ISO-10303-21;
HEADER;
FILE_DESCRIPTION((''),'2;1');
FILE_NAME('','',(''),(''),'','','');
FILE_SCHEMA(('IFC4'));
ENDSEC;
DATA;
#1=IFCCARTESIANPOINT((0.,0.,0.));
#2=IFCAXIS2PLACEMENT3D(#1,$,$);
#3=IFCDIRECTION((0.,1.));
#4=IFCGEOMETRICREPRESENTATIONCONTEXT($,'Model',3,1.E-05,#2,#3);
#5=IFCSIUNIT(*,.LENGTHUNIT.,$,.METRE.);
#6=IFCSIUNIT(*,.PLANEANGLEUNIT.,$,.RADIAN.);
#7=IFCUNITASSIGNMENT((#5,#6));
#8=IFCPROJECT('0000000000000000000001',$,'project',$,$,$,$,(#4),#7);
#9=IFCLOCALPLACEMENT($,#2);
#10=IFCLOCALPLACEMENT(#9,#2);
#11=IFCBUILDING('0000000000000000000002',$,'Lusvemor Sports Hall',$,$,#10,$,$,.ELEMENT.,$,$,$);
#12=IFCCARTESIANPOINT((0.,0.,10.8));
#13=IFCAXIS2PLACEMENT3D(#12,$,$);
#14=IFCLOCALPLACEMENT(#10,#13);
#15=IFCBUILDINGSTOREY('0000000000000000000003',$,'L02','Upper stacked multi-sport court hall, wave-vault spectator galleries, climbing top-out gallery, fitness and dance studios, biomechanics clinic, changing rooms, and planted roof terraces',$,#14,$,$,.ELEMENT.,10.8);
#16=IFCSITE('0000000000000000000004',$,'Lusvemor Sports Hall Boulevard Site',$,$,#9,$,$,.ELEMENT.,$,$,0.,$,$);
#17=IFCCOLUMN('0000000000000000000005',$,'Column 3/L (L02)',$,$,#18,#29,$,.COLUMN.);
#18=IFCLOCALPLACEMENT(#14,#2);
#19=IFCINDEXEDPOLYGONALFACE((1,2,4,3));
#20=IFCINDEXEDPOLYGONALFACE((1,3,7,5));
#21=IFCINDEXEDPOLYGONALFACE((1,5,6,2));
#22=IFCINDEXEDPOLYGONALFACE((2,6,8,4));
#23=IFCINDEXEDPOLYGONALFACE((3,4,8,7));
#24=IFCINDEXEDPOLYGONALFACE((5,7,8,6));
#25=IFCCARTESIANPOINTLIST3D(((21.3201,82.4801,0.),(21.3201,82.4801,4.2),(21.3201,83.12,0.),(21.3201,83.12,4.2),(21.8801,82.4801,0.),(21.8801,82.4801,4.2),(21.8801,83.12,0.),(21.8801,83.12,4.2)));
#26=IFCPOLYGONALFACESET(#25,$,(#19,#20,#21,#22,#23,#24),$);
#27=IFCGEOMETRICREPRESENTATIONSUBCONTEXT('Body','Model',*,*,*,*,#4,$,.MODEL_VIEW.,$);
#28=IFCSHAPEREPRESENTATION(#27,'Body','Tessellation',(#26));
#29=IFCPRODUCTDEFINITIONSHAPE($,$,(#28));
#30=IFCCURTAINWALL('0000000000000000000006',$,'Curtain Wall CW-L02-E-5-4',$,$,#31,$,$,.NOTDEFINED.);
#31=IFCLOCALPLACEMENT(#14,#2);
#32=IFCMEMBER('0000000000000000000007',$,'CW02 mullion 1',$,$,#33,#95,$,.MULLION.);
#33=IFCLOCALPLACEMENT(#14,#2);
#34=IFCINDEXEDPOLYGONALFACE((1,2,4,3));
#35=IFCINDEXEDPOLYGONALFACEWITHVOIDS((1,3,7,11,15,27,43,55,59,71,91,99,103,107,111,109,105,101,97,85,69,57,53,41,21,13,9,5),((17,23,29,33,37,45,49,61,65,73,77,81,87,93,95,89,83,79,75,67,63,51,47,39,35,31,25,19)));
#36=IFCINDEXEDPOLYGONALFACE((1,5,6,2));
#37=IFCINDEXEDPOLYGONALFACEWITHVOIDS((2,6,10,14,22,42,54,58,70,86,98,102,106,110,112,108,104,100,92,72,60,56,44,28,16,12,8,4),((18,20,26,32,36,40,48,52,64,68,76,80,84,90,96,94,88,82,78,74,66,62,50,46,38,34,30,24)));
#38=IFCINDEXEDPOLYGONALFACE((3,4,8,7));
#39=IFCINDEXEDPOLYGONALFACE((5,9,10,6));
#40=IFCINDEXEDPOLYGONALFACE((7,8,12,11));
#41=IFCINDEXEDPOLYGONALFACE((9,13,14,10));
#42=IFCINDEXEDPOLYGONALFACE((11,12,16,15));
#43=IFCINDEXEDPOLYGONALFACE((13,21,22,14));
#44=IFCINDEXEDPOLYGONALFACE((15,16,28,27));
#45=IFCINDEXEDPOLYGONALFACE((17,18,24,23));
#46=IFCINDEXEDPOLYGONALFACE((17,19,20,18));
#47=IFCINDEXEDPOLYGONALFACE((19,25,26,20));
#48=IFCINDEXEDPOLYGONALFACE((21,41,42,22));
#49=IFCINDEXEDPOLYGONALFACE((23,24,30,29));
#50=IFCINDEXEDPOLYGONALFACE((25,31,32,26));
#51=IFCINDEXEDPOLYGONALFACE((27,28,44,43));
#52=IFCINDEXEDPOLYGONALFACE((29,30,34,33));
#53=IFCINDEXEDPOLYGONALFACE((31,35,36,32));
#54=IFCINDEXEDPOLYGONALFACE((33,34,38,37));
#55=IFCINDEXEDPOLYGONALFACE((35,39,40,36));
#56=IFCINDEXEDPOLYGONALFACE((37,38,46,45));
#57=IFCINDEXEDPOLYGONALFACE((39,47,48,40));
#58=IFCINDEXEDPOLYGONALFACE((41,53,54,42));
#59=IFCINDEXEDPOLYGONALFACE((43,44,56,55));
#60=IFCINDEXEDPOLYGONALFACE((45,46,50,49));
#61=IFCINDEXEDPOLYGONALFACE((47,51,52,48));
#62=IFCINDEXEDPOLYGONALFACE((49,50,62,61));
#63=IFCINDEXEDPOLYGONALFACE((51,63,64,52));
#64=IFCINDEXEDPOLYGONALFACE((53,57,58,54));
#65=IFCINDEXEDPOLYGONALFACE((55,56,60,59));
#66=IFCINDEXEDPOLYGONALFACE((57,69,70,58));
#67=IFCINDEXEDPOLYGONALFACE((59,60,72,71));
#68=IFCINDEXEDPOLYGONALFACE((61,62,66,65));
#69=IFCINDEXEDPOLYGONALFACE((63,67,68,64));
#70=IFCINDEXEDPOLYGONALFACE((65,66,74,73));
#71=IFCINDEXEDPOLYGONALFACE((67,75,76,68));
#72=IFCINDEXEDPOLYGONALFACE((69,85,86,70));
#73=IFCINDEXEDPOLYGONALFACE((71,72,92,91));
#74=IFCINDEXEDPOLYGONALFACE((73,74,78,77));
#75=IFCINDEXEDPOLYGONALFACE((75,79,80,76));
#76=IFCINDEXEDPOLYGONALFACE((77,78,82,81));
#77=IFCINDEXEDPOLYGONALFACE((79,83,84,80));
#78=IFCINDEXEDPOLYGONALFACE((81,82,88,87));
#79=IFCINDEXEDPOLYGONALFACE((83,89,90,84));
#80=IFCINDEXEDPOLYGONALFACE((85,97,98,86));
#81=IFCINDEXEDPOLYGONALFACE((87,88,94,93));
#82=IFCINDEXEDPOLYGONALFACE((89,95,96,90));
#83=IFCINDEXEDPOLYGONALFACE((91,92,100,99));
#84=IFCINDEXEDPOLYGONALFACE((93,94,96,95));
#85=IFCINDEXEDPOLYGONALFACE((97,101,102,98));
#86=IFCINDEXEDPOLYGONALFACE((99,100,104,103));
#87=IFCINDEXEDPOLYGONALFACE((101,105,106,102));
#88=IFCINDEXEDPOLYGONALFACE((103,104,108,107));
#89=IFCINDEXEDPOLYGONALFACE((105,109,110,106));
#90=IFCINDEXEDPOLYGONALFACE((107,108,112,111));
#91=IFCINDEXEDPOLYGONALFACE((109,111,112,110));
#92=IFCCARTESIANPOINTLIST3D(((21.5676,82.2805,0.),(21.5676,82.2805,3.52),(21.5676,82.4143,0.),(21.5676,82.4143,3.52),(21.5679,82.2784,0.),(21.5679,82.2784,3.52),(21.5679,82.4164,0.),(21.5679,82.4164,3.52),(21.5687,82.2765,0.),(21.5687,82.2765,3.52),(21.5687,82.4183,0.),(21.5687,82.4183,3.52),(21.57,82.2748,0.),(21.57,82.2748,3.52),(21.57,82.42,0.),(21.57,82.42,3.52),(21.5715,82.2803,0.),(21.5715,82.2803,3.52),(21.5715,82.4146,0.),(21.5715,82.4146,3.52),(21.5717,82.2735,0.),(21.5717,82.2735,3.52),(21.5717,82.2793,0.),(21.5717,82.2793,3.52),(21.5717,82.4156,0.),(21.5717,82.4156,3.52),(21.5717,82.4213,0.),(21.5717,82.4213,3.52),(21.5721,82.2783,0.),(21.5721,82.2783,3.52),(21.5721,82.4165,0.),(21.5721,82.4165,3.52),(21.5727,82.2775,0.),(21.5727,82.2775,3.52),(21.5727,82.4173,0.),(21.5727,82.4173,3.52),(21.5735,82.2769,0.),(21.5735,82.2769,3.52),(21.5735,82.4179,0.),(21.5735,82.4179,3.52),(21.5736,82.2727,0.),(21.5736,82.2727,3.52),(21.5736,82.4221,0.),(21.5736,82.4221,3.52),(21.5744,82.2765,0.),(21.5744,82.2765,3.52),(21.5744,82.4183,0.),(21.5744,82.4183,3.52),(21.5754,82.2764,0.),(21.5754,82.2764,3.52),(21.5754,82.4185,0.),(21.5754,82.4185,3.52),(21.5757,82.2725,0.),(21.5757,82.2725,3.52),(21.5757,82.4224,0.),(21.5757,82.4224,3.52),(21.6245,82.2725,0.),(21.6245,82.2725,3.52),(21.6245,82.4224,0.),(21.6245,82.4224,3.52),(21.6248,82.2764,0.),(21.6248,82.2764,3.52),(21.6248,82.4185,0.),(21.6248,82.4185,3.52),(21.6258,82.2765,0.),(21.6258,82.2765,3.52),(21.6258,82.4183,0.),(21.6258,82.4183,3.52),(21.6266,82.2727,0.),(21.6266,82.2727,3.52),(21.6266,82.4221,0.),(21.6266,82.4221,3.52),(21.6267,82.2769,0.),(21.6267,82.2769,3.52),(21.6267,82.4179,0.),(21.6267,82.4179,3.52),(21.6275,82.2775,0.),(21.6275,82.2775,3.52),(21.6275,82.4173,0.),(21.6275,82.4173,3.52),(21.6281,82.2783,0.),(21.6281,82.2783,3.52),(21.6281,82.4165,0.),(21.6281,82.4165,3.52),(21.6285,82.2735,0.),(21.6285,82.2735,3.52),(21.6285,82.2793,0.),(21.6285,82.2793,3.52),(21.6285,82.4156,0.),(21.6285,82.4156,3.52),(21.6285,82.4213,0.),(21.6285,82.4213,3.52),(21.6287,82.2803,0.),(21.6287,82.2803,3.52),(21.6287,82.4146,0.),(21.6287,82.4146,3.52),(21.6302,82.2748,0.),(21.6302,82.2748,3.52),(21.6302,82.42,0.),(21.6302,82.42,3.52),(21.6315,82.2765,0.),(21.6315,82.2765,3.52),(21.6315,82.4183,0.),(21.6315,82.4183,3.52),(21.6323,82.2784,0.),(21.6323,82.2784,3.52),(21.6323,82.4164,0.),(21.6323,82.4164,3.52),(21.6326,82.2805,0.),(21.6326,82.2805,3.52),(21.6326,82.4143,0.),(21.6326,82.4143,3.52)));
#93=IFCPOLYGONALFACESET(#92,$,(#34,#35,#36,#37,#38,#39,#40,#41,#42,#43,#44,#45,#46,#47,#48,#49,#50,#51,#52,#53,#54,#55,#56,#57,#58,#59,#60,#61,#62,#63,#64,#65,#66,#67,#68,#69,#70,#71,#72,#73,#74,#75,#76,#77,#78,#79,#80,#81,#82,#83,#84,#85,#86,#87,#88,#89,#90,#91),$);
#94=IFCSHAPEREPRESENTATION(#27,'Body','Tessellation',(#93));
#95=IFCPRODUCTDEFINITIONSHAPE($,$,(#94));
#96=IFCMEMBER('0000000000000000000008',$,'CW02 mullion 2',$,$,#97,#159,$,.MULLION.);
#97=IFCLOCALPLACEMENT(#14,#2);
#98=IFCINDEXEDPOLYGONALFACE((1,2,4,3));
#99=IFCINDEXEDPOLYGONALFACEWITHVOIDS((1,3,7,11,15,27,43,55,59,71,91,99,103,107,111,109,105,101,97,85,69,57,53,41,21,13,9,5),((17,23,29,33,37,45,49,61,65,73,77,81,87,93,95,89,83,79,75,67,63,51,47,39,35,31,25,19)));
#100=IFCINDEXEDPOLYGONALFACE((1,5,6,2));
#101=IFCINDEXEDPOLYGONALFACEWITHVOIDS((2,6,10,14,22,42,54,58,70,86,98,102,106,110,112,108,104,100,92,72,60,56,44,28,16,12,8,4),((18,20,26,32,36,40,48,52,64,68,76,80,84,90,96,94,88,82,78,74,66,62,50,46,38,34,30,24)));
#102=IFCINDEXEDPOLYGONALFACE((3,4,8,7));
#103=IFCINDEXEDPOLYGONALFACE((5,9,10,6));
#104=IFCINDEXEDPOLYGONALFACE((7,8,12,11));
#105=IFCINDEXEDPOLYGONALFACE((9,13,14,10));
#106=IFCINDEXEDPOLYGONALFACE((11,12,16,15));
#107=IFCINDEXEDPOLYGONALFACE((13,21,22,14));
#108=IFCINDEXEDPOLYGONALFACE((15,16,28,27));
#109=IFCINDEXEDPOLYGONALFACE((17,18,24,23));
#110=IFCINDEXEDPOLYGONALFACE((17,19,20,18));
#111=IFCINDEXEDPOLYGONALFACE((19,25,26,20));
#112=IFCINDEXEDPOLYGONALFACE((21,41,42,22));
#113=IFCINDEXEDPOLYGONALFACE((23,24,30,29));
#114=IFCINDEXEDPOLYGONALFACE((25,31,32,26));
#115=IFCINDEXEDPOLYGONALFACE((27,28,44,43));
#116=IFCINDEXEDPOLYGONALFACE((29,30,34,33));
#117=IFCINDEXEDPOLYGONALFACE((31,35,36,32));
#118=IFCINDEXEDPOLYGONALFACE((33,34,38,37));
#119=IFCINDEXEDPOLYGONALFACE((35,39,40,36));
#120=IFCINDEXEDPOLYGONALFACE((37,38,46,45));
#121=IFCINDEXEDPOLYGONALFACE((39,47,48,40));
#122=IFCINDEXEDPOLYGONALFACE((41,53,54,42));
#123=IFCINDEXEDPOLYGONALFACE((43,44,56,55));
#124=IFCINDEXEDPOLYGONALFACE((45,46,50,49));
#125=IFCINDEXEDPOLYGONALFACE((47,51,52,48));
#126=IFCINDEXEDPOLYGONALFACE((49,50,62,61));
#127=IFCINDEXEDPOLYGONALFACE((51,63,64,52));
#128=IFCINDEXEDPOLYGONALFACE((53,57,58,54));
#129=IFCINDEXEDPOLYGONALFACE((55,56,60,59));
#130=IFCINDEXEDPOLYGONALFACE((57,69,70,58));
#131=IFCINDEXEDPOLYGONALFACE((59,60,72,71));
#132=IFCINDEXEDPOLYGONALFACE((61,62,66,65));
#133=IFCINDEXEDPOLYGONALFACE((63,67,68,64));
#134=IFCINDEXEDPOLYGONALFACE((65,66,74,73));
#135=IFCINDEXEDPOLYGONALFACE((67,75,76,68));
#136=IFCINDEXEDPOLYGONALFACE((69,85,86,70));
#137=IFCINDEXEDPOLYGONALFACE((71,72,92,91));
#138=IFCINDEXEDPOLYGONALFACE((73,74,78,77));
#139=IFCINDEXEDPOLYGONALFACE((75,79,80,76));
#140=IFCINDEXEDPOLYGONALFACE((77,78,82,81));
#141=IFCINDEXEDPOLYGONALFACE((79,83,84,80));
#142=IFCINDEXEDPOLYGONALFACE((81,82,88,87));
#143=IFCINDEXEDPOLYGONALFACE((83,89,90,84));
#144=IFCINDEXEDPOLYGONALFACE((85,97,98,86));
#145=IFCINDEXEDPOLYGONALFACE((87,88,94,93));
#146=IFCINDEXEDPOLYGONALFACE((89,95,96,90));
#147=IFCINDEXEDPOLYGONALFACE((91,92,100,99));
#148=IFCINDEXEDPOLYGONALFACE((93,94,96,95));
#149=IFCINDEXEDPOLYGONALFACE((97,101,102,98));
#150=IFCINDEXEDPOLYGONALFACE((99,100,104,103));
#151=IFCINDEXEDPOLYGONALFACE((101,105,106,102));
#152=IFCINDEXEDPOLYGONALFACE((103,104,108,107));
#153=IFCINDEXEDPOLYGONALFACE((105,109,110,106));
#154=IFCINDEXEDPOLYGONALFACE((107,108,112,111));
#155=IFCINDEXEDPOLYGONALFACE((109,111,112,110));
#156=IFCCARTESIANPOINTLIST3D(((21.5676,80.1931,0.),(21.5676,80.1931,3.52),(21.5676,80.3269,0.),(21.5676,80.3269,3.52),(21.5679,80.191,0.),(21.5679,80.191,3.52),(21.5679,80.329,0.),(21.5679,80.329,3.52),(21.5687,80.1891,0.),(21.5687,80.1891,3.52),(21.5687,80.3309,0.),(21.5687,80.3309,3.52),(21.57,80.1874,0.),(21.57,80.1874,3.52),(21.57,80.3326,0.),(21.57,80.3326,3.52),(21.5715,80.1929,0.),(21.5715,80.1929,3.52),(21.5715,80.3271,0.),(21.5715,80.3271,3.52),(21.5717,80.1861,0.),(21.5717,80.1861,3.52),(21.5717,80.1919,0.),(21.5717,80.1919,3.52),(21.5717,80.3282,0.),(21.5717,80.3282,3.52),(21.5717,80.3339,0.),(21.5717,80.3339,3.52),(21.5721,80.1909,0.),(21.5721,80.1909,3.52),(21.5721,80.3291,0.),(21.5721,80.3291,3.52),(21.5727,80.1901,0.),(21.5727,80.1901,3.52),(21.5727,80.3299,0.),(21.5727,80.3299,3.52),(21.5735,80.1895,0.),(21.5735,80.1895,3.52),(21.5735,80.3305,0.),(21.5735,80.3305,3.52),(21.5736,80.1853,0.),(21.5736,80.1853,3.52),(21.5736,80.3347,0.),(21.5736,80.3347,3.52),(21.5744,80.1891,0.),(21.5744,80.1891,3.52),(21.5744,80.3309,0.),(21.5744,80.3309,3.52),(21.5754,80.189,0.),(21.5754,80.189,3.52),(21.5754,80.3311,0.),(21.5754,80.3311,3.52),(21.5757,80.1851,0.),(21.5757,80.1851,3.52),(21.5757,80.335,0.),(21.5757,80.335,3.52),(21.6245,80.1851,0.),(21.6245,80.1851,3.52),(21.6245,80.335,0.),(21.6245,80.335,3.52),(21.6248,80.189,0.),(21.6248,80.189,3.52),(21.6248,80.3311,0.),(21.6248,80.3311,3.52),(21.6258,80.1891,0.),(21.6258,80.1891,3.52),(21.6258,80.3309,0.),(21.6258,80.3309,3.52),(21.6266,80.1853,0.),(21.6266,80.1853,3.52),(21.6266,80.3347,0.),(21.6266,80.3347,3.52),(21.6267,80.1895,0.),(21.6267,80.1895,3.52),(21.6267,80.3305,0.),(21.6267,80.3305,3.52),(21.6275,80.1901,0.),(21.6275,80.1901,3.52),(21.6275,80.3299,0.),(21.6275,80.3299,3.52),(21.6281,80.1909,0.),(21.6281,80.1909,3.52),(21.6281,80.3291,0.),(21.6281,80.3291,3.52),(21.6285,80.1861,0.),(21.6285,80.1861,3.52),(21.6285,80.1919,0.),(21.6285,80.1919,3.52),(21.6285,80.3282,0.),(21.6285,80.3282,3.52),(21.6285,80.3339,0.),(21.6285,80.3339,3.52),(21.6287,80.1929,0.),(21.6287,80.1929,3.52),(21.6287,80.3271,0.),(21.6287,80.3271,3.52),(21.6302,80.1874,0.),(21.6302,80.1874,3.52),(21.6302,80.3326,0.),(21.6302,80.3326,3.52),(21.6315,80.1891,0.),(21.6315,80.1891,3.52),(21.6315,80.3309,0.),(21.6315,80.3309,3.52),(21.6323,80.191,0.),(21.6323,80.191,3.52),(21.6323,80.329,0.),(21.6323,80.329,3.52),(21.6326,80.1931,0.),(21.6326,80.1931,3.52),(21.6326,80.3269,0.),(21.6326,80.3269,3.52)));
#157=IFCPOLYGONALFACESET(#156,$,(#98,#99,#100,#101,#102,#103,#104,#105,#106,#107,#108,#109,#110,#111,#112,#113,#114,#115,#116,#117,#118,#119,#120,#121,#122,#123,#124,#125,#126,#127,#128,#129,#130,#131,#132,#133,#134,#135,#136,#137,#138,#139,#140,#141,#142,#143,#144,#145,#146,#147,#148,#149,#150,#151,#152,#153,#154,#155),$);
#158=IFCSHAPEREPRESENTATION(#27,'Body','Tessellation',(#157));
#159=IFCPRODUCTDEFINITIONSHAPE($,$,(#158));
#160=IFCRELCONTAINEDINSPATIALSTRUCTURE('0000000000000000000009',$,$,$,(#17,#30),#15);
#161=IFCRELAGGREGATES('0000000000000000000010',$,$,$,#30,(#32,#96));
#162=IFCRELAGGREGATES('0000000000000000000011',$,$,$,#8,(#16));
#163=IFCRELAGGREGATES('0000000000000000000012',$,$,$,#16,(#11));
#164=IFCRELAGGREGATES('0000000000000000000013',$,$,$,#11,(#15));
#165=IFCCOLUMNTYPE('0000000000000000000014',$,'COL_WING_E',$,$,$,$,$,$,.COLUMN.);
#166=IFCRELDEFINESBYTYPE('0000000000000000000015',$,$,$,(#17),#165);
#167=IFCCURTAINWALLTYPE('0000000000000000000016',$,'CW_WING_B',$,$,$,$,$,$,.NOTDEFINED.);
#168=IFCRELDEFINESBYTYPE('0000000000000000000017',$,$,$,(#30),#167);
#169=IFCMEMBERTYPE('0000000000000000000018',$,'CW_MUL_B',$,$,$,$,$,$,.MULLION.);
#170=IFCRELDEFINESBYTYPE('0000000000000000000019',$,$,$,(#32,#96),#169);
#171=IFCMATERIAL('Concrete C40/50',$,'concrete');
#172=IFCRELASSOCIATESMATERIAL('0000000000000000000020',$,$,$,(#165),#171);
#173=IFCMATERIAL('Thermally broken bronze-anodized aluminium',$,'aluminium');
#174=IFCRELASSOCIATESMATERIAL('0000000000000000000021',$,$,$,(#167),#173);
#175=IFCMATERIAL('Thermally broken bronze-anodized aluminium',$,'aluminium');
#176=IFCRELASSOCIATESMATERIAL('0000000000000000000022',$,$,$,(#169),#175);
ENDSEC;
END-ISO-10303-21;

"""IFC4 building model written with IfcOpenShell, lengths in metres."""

from ifc_helpers import new_model, si_unit, direction, frame, origin, origin_2d, place, context, subcontext, project, spatial, rectangle, hollow_rectangle, extrude, material, material_profile, profile_set, type_object, element, aggregate, save


model = new_model("IFC4")

# Units and contexts
model_context = context("Model", 3, precision=1e-05, world=origin(), true_north=direction((0.0, 1.0)))
body_context = subcontext(model_context, "Body", "Model", "MODEL_VIEW")
ifc_project = project(units=[si_unit("LENGTHUNIT", "METRE"), si_unit("PLANEANGLEUNIT", "RADIAN")], contexts=[model_context])

# Site, building, storey
site_placement = place(None, origin())
site = spatial("IfcSite", under=ifc_project, at=site_placement, Name="Lusvemor Sports Hall Boulevard Site", CompositionType="ELEMENT", RefElevation=0.0)
building_placement = place(site_placement, origin())
building = spatial("IfcBuilding", under=site, at=building_placement, Name="Lusvemor Sports Hall", CompositionType="ELEMENT")
storey_placement = place(building_placement, frame((0.0, 0.0, 10.8)))
storey = spatial("IfcBuildingStorey", under=building, at=storey_placement, Name="L02", Description="Upper stacked multi-sport court hall, wave-vault spectator galleries, climbing top-out gallery, fitness and dance studios, biomechanics clinic, changing rooms, and planted roof terraces", CompositionType="ELEMENT", Elevation=10.8)

# Column
ifc_material_1 = material(Name="Concrete C40/50", Category="concrete")
ifc_material_profile_1 = material_profile(ifc_material_1, rectangle(XDim=0.5601, YDim=0.6399, at=origin_2d()), Name="RC560x640")
ifc_profile_set_1 = profile_set([ifc_material_profile_1], Name="Concrete C40/50")
column_type = type_object("IfcColumnType", Name="COL_WING_E", PredefinedType="COLUMN", material=ifc_profile_set_1)
column_placement = place(storey_placement, frame((21.6001, 82.8, 0.0), z_axis=(0.0, 0.0, 1.0), x_axis=(1.0, 0.0, 0.0)))
element("IfcColumn", 1, at=column_placement, inside=storey, type_object=column_type, Name="Column 3/L (L02)", PredefinedType="COLUMN", context=body_context, shape_type="SweptSolid", body=[
    extrude(rectangle(XDim=0.5601, YDim=0.6399, at=origin_2d()), origin(), (0.0, 0.0, 1.0), 4.2),
])

# Curtain wall, members
ifc_material_2 = material(Name="Thermally broken bronze-anodized aluminium", Category="aluminium")
curtain_wall_type = type_object("IfcCurtainWallType", Name="CW_WING_B", PredefinedType="NOTDEFINED", material=ifc_material_2)
curtain_wall_placement = place(storey_placement, origin())
curtain_wall = element("IfcCurtainWall", 2, at=curtain_wall_placement, inside=storey, type_object=curtain_wall_type, Name="Curtain Wall CW-L02-E-5-4", PredefinedType="NOTDEFINED")
ifc_material_3 = material(Name="Thermally broken bronze-anodized aluminium", Category="aluminium")
ifc_material_profile_2 = material_profile(ifc_material_3, hollow_rectangle(XDim=0.0649, YDim=0.1499, WallThickness=0.0039, InnerFilletRadius=0.0039, OuterFilletRadius=0.0081, at=origin_2d()), Name="CWMUL150x65x4")
ifc_profile_set_2 = profile_set([ifc_material_profile_2], Name="Thermally broken bronze-anodized aluminium")
member_type_1 = type_object("IfcMemberType", Name="CW_MUL_B", PredefinedType="MULLION", material=ifc_profile_set_2)
member_1_placement = place(storey_placement, frame((21.6001, 82.3474, 0.0), z_axis=(0.0, 0.0, 1.0), x_axis=(1.0, 0.0, 0.0)))
member_1 = element("IfcMember", 3, at=member_1_placement, type_object=member_type_1, Name="CW02 mullion 1", PredefinedType="MULLION", context=body_context, shape_type="SweptSolid", body=[
    extrude(hollow_rectangle(XDim=0.0649, YDim=0.1499, WallThickness=0.0039, InnerFilletRadius=0.0039, OuterFilletRadius=0.0081, at=origin_2d()), origin(), (0.0, 0.0, 1.0), 3.52),
])
member_2_placement = place(storey_placement, frame((21.6001, 80.26, 0.0), z_axis=(0.0, 0.0, 1.0), x_axis=(1.0, 0.0, 0.0)))
member_2 = element("IfcMember", 4, at=member_2_placement, type_object=member_type_1, Name="CW02 mullion 2", PredefinedType="MULLION", context=body_context, shape_type="SweptSolid", body=[
    extrude(hollow_rectangle(XDim=0.0649, YDim=0.1499, WallThickness=0.0039, InnerFilletRadius=0.0039, OuterFilletRadius=0.0081, at=origin_2d()), origin(), (0.0, 0.0, 1.0), 3.52),
])

aggregate(curtain_wall, [member_1, member_2])

save(model, "model.ifc")
